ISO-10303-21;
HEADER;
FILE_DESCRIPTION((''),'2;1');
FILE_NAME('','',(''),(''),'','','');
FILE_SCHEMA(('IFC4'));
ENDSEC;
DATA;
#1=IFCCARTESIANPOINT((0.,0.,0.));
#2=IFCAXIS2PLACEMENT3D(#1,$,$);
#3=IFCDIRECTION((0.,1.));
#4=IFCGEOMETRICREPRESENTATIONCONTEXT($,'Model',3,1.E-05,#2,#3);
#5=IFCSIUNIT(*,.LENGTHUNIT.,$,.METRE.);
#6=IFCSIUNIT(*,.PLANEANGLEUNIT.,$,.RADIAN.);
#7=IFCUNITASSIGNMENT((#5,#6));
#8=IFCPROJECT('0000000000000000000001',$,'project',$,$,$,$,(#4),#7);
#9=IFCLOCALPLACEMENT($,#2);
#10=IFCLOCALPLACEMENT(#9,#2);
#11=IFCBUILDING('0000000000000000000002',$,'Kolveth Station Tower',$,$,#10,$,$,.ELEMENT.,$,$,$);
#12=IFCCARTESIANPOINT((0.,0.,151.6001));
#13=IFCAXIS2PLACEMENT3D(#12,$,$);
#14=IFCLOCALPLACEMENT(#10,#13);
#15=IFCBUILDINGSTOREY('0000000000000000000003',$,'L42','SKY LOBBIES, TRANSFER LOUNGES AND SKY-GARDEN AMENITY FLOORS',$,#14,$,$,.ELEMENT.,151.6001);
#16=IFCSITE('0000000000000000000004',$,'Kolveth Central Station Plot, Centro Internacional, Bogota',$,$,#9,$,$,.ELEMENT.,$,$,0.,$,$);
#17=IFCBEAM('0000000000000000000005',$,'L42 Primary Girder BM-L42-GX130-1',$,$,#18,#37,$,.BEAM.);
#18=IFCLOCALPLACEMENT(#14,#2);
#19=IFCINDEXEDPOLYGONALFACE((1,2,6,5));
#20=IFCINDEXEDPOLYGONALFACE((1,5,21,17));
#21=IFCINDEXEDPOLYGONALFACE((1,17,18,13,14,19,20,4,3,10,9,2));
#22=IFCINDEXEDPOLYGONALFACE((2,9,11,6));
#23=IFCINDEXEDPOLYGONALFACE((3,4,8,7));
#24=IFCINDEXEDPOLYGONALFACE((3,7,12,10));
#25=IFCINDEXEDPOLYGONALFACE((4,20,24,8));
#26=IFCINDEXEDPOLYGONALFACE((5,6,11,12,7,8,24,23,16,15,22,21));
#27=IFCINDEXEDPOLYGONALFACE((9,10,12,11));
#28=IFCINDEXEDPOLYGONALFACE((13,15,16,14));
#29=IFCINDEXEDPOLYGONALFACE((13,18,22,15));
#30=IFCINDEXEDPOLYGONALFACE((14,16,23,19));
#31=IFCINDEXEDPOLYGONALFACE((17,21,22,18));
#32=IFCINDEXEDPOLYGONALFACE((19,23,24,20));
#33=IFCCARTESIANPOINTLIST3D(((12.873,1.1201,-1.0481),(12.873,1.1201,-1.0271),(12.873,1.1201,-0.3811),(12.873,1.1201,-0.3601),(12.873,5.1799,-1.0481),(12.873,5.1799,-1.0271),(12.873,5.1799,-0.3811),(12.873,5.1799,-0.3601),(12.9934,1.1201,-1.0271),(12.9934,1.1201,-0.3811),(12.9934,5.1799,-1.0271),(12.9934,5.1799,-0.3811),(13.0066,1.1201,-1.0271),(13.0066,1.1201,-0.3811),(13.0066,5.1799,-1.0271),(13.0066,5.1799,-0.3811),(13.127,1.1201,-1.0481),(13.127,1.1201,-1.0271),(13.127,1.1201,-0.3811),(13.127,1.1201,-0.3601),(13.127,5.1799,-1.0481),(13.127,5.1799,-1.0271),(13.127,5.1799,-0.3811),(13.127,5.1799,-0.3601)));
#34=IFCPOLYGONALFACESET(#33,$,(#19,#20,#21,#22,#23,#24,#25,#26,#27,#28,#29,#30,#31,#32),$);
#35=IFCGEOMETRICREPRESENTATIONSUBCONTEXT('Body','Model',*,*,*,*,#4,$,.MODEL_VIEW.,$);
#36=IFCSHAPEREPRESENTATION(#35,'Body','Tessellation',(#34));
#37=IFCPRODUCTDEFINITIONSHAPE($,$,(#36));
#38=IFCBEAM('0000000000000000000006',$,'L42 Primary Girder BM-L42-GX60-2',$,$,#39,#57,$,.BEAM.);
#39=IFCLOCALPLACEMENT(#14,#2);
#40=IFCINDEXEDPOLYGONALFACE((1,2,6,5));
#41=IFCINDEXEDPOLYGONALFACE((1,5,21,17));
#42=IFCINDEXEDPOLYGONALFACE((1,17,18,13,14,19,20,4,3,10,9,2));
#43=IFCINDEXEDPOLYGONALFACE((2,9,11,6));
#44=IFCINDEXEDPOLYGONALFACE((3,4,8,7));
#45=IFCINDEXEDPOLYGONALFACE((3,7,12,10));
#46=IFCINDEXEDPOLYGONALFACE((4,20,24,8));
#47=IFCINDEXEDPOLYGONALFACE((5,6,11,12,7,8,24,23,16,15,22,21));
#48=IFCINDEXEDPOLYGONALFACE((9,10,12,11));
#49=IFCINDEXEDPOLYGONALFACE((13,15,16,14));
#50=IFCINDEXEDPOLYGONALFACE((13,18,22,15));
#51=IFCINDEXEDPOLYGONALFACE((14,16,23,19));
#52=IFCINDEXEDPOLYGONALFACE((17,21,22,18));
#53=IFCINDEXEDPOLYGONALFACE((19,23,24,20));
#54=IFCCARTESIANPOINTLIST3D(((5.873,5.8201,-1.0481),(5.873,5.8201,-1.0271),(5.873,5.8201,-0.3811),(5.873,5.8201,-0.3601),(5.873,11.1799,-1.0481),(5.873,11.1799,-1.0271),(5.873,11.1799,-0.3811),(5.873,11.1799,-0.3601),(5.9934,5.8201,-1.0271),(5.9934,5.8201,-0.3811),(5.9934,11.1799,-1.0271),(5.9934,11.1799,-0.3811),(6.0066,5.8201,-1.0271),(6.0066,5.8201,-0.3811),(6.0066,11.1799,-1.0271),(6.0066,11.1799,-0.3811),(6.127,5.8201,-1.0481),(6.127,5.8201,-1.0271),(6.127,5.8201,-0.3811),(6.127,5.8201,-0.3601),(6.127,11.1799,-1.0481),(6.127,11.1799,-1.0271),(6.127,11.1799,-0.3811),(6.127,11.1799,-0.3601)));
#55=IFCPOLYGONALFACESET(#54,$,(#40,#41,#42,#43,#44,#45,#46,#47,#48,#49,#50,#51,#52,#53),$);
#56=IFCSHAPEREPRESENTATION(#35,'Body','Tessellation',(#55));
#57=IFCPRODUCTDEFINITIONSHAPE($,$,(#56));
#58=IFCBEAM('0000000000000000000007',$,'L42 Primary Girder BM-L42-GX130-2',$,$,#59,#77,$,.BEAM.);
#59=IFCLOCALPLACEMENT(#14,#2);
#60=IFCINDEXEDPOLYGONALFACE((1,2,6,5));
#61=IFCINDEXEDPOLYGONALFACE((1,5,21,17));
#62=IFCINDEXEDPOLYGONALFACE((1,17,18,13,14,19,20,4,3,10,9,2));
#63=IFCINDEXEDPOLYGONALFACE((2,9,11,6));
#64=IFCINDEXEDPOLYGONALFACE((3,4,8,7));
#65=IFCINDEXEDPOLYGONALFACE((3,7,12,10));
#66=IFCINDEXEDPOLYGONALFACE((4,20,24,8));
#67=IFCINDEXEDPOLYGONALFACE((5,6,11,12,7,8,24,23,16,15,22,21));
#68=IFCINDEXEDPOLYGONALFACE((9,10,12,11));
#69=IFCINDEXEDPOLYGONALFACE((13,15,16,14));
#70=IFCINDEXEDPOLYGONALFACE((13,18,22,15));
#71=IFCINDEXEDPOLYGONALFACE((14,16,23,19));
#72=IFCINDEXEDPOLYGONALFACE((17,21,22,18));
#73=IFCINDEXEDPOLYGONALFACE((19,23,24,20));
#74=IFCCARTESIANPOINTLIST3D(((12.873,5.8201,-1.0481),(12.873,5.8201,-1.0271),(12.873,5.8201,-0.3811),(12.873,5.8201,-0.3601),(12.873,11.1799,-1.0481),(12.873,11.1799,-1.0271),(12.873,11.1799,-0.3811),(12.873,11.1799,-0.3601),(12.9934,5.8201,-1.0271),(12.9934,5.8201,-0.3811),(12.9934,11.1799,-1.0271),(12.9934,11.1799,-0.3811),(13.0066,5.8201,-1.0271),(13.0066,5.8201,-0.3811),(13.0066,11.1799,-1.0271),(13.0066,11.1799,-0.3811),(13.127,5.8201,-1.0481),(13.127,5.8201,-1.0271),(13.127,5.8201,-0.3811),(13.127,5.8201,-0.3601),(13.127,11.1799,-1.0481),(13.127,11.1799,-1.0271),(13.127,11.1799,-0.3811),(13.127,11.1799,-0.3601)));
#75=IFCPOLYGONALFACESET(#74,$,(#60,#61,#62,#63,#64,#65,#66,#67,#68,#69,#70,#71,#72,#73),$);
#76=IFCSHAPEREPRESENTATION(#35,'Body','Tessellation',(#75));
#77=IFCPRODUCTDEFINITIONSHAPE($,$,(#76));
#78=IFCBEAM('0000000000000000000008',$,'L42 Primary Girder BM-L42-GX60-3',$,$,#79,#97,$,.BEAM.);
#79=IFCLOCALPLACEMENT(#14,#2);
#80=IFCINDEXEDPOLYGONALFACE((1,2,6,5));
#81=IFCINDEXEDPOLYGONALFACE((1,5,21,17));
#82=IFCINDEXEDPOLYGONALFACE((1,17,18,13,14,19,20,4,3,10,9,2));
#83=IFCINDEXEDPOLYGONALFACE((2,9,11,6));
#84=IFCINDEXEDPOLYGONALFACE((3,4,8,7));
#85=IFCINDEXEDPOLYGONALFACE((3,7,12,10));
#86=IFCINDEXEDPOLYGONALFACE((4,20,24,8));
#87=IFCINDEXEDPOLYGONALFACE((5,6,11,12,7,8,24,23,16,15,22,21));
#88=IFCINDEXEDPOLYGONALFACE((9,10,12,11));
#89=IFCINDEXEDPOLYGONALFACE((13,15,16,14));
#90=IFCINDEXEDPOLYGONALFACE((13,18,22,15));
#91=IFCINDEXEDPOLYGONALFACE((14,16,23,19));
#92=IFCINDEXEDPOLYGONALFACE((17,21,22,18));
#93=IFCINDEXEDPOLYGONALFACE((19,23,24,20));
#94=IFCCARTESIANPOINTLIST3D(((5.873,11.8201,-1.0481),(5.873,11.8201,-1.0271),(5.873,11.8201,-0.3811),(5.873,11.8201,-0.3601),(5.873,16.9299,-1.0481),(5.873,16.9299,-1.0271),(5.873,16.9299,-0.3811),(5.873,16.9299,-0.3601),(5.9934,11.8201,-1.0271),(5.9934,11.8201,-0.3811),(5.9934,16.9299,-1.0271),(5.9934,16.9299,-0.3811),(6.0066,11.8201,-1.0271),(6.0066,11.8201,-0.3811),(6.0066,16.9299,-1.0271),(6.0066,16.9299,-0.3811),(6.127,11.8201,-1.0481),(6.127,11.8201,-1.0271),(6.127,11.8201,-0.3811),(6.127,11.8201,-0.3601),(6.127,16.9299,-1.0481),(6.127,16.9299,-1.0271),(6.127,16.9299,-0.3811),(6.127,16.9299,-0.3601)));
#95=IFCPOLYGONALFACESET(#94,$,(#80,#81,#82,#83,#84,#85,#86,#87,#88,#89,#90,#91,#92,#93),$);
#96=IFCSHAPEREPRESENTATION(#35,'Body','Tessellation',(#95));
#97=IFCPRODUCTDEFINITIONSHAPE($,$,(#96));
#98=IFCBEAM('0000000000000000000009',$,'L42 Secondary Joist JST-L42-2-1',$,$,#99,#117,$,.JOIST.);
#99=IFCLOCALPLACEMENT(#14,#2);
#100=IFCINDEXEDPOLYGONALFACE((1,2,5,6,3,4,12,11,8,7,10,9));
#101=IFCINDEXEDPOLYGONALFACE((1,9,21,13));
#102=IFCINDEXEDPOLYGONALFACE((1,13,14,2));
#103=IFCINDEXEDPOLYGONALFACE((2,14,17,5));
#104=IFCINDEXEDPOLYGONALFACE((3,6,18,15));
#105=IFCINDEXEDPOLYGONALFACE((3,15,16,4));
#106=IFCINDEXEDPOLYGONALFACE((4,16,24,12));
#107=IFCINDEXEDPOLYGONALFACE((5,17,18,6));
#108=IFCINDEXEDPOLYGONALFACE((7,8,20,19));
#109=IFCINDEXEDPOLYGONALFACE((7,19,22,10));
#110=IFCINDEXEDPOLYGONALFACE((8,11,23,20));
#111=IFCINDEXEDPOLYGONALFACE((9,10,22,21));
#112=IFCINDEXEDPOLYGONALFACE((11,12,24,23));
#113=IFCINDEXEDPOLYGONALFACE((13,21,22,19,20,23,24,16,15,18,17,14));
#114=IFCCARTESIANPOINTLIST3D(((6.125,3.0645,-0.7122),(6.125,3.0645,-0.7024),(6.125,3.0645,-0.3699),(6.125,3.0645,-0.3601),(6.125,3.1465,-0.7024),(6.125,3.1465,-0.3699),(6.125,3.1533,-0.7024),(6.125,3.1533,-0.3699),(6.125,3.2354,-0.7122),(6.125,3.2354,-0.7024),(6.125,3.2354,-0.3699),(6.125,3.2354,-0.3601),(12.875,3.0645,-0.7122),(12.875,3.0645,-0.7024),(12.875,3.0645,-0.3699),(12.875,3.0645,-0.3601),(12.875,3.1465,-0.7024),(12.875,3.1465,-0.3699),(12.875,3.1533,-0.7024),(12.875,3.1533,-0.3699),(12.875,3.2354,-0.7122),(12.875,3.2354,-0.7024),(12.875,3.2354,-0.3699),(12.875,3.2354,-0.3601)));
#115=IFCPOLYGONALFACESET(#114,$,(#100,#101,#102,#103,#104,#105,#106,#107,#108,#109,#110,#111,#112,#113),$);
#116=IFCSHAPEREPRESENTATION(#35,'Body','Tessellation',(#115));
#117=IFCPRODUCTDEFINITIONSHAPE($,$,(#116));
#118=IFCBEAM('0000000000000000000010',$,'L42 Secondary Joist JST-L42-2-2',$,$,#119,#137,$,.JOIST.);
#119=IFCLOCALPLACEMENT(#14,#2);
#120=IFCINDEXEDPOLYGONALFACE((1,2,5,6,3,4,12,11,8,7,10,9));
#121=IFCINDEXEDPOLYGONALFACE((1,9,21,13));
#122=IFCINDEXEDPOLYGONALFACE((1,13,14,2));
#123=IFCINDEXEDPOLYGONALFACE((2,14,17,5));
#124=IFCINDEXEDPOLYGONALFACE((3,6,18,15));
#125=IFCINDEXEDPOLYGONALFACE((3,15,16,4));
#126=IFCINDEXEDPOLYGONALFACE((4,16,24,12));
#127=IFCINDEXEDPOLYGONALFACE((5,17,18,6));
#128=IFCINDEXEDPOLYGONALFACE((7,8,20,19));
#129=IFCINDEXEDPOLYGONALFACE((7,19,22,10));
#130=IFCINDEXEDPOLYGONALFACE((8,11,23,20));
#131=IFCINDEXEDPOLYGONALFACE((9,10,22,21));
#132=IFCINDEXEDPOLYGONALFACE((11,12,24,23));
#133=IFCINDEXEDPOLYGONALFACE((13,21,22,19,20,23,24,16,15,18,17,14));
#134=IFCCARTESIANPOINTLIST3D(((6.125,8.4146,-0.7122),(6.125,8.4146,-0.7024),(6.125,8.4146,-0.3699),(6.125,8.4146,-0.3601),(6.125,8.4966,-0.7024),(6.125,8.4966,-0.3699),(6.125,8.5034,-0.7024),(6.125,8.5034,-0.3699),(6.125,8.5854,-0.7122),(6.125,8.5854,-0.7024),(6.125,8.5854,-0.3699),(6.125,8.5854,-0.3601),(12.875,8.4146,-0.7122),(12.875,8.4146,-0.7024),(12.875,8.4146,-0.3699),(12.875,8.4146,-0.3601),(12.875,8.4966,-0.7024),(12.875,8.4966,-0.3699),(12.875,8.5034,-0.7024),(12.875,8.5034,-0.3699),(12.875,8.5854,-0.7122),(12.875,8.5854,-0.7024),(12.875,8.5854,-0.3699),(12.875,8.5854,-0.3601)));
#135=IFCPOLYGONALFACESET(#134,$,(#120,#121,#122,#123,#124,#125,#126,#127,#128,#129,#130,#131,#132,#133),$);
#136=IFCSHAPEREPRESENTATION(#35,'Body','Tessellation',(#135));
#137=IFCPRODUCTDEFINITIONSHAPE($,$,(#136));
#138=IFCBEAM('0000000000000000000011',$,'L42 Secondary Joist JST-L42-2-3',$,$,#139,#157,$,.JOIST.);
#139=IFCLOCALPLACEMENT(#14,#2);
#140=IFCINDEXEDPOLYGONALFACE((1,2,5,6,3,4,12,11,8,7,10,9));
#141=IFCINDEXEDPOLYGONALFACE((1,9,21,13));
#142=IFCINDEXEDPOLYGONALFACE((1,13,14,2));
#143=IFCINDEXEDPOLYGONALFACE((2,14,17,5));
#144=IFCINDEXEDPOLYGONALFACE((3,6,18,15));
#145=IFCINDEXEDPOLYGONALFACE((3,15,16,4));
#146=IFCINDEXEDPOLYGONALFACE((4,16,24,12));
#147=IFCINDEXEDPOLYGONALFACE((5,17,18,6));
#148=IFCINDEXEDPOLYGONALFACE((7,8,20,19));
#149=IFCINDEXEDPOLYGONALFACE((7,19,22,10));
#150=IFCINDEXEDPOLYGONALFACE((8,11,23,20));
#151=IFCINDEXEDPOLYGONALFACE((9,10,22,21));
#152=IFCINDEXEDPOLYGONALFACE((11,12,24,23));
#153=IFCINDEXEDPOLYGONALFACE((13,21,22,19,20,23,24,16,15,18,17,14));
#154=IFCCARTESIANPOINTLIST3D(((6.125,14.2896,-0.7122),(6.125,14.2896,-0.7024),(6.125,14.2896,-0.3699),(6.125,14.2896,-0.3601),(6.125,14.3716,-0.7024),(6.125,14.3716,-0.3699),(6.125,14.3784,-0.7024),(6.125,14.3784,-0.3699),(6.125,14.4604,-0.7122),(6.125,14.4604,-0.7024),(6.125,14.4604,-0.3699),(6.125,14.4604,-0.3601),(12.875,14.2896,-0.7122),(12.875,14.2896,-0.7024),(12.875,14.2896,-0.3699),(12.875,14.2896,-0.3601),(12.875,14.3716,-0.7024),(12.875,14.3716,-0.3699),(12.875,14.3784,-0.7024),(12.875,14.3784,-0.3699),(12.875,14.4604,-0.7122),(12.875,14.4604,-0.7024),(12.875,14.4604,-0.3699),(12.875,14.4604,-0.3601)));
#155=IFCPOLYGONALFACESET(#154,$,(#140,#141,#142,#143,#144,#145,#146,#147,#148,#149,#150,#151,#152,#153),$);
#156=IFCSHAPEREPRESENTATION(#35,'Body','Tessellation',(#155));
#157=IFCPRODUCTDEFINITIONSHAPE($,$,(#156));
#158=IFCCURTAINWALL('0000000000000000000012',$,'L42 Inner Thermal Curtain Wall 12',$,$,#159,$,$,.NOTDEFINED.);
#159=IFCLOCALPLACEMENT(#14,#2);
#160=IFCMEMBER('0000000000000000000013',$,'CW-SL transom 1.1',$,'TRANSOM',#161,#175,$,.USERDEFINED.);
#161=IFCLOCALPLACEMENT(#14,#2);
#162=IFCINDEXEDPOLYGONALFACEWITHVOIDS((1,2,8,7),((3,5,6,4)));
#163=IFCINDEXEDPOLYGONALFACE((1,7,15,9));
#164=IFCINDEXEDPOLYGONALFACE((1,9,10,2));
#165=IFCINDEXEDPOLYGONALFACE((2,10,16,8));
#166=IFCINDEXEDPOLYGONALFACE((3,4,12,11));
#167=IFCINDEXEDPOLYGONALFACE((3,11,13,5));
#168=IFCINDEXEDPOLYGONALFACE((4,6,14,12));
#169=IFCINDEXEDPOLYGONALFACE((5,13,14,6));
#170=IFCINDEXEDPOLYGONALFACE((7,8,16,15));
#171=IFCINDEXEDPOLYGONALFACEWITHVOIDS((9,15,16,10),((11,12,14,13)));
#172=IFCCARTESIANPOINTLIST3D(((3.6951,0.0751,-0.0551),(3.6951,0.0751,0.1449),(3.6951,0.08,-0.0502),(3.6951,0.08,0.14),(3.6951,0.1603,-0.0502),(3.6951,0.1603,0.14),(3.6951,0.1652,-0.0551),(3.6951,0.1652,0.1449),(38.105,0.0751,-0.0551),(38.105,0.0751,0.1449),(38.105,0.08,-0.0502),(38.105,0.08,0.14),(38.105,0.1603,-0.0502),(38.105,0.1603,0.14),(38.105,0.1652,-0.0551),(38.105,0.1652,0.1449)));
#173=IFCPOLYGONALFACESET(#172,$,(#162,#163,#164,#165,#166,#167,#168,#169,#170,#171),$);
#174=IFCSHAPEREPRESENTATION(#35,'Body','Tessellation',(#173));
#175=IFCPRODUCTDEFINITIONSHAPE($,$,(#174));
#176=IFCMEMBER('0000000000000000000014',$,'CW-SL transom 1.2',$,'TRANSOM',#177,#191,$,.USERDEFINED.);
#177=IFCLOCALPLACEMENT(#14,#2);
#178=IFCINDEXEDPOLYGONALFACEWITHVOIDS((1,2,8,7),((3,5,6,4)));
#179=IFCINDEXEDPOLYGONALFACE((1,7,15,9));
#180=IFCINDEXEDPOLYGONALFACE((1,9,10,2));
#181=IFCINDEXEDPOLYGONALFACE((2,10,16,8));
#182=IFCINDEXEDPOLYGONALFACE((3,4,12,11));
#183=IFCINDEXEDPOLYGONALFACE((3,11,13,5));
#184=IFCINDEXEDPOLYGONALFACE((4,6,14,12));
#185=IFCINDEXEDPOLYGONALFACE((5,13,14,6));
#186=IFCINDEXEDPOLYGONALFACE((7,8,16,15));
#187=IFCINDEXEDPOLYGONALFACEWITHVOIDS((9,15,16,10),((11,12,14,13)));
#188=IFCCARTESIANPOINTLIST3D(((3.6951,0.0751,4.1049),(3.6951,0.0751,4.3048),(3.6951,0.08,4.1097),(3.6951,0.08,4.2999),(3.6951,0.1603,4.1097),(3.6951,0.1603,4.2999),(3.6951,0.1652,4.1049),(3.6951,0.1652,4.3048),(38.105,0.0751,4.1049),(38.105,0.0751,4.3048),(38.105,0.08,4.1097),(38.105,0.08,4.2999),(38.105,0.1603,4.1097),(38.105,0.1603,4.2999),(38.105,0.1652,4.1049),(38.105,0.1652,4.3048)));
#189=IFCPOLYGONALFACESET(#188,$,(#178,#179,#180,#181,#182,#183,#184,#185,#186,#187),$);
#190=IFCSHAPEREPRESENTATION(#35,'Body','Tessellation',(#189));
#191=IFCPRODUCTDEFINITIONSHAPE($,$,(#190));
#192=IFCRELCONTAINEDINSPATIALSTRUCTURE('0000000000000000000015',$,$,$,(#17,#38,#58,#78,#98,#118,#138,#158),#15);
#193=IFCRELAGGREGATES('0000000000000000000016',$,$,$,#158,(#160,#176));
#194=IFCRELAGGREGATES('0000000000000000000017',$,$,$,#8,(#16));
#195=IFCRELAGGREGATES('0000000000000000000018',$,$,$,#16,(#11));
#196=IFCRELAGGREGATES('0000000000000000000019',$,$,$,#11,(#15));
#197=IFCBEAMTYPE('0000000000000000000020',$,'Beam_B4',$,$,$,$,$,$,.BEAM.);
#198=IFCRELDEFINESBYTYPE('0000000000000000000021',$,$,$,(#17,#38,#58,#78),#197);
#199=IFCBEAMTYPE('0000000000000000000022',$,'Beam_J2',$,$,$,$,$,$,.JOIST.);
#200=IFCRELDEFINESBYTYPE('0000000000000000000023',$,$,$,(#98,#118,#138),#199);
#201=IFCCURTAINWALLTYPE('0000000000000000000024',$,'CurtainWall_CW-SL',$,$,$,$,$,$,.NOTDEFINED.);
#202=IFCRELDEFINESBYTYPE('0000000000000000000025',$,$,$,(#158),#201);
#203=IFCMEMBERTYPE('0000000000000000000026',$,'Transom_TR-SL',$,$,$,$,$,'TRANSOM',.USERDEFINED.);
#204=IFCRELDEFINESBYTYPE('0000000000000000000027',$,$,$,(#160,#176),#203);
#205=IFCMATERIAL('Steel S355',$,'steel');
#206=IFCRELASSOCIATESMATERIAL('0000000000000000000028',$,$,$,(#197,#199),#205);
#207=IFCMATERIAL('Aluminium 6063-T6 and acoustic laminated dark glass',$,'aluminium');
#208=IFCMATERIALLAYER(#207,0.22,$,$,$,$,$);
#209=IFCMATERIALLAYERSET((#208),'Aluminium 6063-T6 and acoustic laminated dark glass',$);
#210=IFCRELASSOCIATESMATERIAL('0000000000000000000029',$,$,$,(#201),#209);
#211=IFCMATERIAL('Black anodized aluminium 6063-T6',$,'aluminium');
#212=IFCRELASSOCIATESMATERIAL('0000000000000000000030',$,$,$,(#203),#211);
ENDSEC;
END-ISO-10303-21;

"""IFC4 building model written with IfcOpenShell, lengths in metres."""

from ifc_helpers import new_model, si_unit, direction, frame, origin, origin_2d, place, context, subcontext, project, spatial, hollow_rectangle, i_section, extrude, source, transform, mapped, material, layer, layer_set, material_profile, profile_set, type_object, element, aggregate, save


model = new_model("IFC4")

# Units and contexts
model_context = context("Model", 3, precision=1e-05, world=origin(), true_north=direction((0.0, 1.0)))
body_context = subcontext(model_context, "Body", "Model", "MODEL_VIEW")
ifc_project = project(units=[si_unit("LENGTHUNIT", "METRE"), si_unit("PLANEANGLEUNIT", "RADIAN")], contexts=[model_context])

# Site, building, storey
site_placement = place(None, origin())
site = spatial("IfcSite", under=ifc_project, at=site_placement, Name="Kolveth Central Station Plot, Centro Internacional, Bogota", CompositionType="ELEMENT", RefElevation=0.0)
building_placement = place(site_placement, origin())
building = spatial("IfcBuilding", under=site, at=building_placement, Name="Kolveth Station Tower", CompositionType="ELEMENT")
storey_placement = place(building_placement, frame((0.0, 0.0, 151.6001)))
storey = spatial("IfcBuildingStorey", under=building, at=storey_placement, Name="L42", Description="SKY LOBBIES, TRANSFER LOUNGES AND SKY-GARDEN AMENITY FLOORS", CompositionType="ELEMENT", Elevation=151.6001)

# Shared definitions
ifc_material_1 = material(Name="Steel S355", Category="steel")

# Beams
ifc_material_profile_1 = material_profile(ifc_material_1, i_section(OverallWidth=0.2539, OverallDepth=0.688, WebThickness=0.0132, FlangeThickness=0.021, at=origin_2d()), Name="W690x152")
ifc_profile_set_1 = profile_set([ifc_material_profile_1], Name="Steel S355")
beam_type_1 = type_object("IfcBeamType", Name="Beam_B4", PredefinedType="BEAM", material=ifc_profile_set_1)
shared_shape_1 = source(origin(), body_context, "Body", "SweptSolid", [
    extrude(i_section(OverallWidth=0.2539, OverallDepth=0.688, WebThickness=0.0132, FlangeThickness=0.021, at=origin_2d()), origin(), (0.0, 0.0, 1.0), 4.0598),
])
for number, where, z_axis, x_axis, name in (
    (1, (13.0, 1.1201, -0.7041), (0.0, 1.0, 0.0), (-1.0, 0.0, 0.0), "L42 Primary Girder BM-L42-GX130-1"),
):
    element("IfcBeam", number, at=place(storey_placement, frame(where, z_axis=z_axis, x_axis=x_axis)), inside=storey, type_object=beam_type_1, Name=name, PredefinedType="BEAM", context=body_context, shape_type="MappedRepresentation", body=[
        mapped(shared_shape_1, transform((0.0, 0.0, 0.0), x_axis=(1.0, 0.0, 0.0), y_axis=(0.0, 1.0, 0.0), z_axis=(0.0, 0.0, 1.0), scale=1.0)),
    ])
shared_shape_2 = source(origin(), body_context, "Body", "SweptSolid", [
    extrude(i_section(OverallWidth=0.2539, OverallDepth=0.688, WebThickness=0.0132, FlangeThickness=0.021, at=origin_2d()), origin(), (0.0, 0.0, 1.0), 5.3599),
])
for number, where, z_axis, x_axis, name in (
    (2, (6.0, 5.8201, -0.7041), (0.0, 1.0, 0.0), (-1.0, 0.0, 0.0), "L42 Primary Girder BM-L42-GX60-2"),
    (3, (13.0, 5.8201, -0.7041), (0.0, 1.0, 0.0), (-1.0, 0.0, 0.0), "L42 Primary Girder BM-L42-GX130-2"),
):
    element("IfcBeam", number, at=place(storey_placement, frame(where, z_axis=z_axis, x_axis=x_axis)), inside=storey, type_object=beam_type_1, Name=name, PredefinedType="BEAM", context=body_context, shape_type="MappedRepresentation", body=[
        mapped(shared_shape_2, transform((0.0, 0.0, 0.0), x_axis=(1.0, 0.0, 0.0), y_axis=(0.0, 1.0, 0.0), z_axis=(0.0, 0.0, 1.0), scale=1.0)),
    ])
shared_shape_3 = source(origin(), body_context, "Body", "SweptSolid", [
    extrude(i_section(OverallWidth=0.2539, OverallDepth=0.688, WebThickness=0.0132, FlangeThickness=0.021, at=origin_2d()), origin(), (0.0, 0.0, 1.0), 5.1099),
])
beam_1_placement = place(storey_placement, frame((6.0, 11.8201, -0.7041), z_axis=(0.0, 1.0, 0.0), x_axis=(-1.0, 0.0, 0.0)))
element("IfcBeam", 4, at=beam_1_placement, inside=storey, type_object=beam_type_1, Name="L42 Primary Girder BM-L42-GX60-3", PredefinedType="BEAM", context=body_context, shape_type="MappedRepresentation", body=[
    mapped(shared_shape_3, transform((0.0, 0.0, 0.0), x_axis=(1.0, 0.0, 0.0), y_axis=(0.0, 1.0, 0.0), z_axis=(0.0, 0.0, 1.0), scale=1.0)),
])
ifc_material_profile_2 = material_profile(ifc_material_1, i_section(OverallWidth=0.1709, OverallDepth=0.3521, WebThickness=0.0068, FlangeThickness=0.0098, at=origin_2d()), Name="W360x44")
ifc_profile_set_2 = profile_set([ifc_material_profile_2], Name="Steel S355")
beam_type_2 = type_object("IfcBeamType", Name="Beam_J2", PredefinedType="JOIST", material=ifc_profile_set_2)
shared_shape_4 = source(origin(), body_context, "Body", "SweptSolid", [
    extrude(i_section(OverallWidth=0.1709, OverallDepth=0.3521, WebThickness=0.0068, FlangeThickness=0.0098, at=origin_2d()), origin(), (0.0, 0.0, 1.0), 6.75),
])
for number, where, z_axis, x_axis, name in (
    (5, (6.125, 3.1499, -0.5361), (1.0, 0.0, 0.0), (0.0, 1.0, 0.0), "L42 Secondary Joist JST-L42-2-1"),
    (6, (6.125, 8.5, -0.5361), (1.0, 0.0, 0.0), (0.0, 1.0, 0.0), "L42 Secondary Joist JST-L42-2-2"),
    (7, (6.125, 14.375, -0.5361), (1.0, 0.0, 0.0), (0.0, 1.0, 0.0), "L42 Secondary Joist JST-L42-2-3"),
):
    element("IfcBeam", number, at=place(storey_placement, frame(where, z_axis=z_axis, x_axis=x_axis)), inside=storey, type_object=beam_type_2, Name=name, PredefinedType="JOIST", context=body_context, shape_type="MappedRepresentation", body=[
        mapped(shared_shape_4, transform((0.0, 0.0, 0.0), x_axis=(1.0, 0.0, 0.0), y_axis=(0.0, 1.0, 0.0), z_axis=(0.0, 0.0, 1.0), scale=1.0)),
    ])

# Curtain wall, members
ifc_material_2 = material(Name="Aluminium 6063-T6 and acoustic laminated dark glass", Category="aluminium")
ifc_layer_1 = layer(ifc_material_2, 0.22)
ifc_layer_set_1 = layer_set([ifc_layer_1], Name="Aluminium 6063-T6 and acoustic laminated dark glass")
curtain_wall_type = type_object("IfcCurtainWallType", Name="CurtainWall_CW-SL", PredefinedType="NOTDEFINED", material=ifc_layer_set_1)
curtain_wall_placement = place(storey_placement, origin())
curtain_wall = element("IfcCurtainWall", 8, at=curtain_wall_placement, inside=storey, type_object=curtain_wall_type, Name="L42 Inner Thermal Curtain Wall 12", PredefinedType="NOTDEFINED")
ifc_material_3 = material(Name="Black anodized aluminium 6063-T6", Category="aluminium")
ifc_material_profile_3 = material_profile(ifc_material_3, hollow_rectangle(XDim=0.0901, YDim=0.2, WallThickness=0.0049, at=origin_2d()), Name="ALU-90x200x5")
ifc_profile_set_3 = profile_set([ifc_material_profile_3], Name="Black anodized aluminium 6063-T6")
member_type = type_object("IfcMemberType", Name="Transom_TR-SL", ElementType="TRANSOM", PredefinedType="USERDEFINED", material=ifc_profile_set_3)
shared_shape_5 = source(origin(), body_context, "Body", "SweptSolid", [
    extrude(hollow_rectangle(XDim=0.0901, YDim=0.2, WallThickness=0.0049, at=origin_2d()), origin(), (0.0, 0.0, 1.0), 34.4099),
])
member_1_placement = place(storey_placement, frame((3.6951, 0.1201, 0.0449), z_axis=(1.0, 0.0, 0.0), x_axis=(0.0, 1.0, 0.0)))
member_1 = element("IfcMember", 9, at=member_1_placement, type_object=member_type, Name="CW-SL transom 1.1", ObjectType="TRANSOM", PredefinedType="USERDEFINED", context=body_context, shape_type="MappedRepresentation", body=[
    mapped(shared_shape_5, transform((0.0, 0.0, 0.0), x_axis=(1.0, 0.0, 0.0), y_axis=(0.0, 1.0, 0.0), z_axis=(0.0, 0.0, 1.0), scale=1.0)),
])
member_2_placement = place(storey_placement, frame((3.6951, 0.1201, 4.2048), z_axis=(1.0, 0.0, 0.0), x_axis=(0.0, 1.0, 0.0)))
member_2 = element("IfcMember", 10, at=member_2_placement, type_object=member_type, Name="CW-SL transom 1.2", ObjectType="TRANSOM", PredefinedType="USERDEFINED", context=body_context, shape_type="MappedRepresentation", body=[
    mapped(shared_shape_5, transform((0.0, 0.0, 0.0), x_axis=(1.0, 0.0, 0.0), y_axis=(0.0, 1.0, 0.0), z_axis=(0.0, 0.0, 1.0), scale=1.0)),
])
aggregate(curtain_wall, [member_1, member_2])

save(model, "model.ifc")
